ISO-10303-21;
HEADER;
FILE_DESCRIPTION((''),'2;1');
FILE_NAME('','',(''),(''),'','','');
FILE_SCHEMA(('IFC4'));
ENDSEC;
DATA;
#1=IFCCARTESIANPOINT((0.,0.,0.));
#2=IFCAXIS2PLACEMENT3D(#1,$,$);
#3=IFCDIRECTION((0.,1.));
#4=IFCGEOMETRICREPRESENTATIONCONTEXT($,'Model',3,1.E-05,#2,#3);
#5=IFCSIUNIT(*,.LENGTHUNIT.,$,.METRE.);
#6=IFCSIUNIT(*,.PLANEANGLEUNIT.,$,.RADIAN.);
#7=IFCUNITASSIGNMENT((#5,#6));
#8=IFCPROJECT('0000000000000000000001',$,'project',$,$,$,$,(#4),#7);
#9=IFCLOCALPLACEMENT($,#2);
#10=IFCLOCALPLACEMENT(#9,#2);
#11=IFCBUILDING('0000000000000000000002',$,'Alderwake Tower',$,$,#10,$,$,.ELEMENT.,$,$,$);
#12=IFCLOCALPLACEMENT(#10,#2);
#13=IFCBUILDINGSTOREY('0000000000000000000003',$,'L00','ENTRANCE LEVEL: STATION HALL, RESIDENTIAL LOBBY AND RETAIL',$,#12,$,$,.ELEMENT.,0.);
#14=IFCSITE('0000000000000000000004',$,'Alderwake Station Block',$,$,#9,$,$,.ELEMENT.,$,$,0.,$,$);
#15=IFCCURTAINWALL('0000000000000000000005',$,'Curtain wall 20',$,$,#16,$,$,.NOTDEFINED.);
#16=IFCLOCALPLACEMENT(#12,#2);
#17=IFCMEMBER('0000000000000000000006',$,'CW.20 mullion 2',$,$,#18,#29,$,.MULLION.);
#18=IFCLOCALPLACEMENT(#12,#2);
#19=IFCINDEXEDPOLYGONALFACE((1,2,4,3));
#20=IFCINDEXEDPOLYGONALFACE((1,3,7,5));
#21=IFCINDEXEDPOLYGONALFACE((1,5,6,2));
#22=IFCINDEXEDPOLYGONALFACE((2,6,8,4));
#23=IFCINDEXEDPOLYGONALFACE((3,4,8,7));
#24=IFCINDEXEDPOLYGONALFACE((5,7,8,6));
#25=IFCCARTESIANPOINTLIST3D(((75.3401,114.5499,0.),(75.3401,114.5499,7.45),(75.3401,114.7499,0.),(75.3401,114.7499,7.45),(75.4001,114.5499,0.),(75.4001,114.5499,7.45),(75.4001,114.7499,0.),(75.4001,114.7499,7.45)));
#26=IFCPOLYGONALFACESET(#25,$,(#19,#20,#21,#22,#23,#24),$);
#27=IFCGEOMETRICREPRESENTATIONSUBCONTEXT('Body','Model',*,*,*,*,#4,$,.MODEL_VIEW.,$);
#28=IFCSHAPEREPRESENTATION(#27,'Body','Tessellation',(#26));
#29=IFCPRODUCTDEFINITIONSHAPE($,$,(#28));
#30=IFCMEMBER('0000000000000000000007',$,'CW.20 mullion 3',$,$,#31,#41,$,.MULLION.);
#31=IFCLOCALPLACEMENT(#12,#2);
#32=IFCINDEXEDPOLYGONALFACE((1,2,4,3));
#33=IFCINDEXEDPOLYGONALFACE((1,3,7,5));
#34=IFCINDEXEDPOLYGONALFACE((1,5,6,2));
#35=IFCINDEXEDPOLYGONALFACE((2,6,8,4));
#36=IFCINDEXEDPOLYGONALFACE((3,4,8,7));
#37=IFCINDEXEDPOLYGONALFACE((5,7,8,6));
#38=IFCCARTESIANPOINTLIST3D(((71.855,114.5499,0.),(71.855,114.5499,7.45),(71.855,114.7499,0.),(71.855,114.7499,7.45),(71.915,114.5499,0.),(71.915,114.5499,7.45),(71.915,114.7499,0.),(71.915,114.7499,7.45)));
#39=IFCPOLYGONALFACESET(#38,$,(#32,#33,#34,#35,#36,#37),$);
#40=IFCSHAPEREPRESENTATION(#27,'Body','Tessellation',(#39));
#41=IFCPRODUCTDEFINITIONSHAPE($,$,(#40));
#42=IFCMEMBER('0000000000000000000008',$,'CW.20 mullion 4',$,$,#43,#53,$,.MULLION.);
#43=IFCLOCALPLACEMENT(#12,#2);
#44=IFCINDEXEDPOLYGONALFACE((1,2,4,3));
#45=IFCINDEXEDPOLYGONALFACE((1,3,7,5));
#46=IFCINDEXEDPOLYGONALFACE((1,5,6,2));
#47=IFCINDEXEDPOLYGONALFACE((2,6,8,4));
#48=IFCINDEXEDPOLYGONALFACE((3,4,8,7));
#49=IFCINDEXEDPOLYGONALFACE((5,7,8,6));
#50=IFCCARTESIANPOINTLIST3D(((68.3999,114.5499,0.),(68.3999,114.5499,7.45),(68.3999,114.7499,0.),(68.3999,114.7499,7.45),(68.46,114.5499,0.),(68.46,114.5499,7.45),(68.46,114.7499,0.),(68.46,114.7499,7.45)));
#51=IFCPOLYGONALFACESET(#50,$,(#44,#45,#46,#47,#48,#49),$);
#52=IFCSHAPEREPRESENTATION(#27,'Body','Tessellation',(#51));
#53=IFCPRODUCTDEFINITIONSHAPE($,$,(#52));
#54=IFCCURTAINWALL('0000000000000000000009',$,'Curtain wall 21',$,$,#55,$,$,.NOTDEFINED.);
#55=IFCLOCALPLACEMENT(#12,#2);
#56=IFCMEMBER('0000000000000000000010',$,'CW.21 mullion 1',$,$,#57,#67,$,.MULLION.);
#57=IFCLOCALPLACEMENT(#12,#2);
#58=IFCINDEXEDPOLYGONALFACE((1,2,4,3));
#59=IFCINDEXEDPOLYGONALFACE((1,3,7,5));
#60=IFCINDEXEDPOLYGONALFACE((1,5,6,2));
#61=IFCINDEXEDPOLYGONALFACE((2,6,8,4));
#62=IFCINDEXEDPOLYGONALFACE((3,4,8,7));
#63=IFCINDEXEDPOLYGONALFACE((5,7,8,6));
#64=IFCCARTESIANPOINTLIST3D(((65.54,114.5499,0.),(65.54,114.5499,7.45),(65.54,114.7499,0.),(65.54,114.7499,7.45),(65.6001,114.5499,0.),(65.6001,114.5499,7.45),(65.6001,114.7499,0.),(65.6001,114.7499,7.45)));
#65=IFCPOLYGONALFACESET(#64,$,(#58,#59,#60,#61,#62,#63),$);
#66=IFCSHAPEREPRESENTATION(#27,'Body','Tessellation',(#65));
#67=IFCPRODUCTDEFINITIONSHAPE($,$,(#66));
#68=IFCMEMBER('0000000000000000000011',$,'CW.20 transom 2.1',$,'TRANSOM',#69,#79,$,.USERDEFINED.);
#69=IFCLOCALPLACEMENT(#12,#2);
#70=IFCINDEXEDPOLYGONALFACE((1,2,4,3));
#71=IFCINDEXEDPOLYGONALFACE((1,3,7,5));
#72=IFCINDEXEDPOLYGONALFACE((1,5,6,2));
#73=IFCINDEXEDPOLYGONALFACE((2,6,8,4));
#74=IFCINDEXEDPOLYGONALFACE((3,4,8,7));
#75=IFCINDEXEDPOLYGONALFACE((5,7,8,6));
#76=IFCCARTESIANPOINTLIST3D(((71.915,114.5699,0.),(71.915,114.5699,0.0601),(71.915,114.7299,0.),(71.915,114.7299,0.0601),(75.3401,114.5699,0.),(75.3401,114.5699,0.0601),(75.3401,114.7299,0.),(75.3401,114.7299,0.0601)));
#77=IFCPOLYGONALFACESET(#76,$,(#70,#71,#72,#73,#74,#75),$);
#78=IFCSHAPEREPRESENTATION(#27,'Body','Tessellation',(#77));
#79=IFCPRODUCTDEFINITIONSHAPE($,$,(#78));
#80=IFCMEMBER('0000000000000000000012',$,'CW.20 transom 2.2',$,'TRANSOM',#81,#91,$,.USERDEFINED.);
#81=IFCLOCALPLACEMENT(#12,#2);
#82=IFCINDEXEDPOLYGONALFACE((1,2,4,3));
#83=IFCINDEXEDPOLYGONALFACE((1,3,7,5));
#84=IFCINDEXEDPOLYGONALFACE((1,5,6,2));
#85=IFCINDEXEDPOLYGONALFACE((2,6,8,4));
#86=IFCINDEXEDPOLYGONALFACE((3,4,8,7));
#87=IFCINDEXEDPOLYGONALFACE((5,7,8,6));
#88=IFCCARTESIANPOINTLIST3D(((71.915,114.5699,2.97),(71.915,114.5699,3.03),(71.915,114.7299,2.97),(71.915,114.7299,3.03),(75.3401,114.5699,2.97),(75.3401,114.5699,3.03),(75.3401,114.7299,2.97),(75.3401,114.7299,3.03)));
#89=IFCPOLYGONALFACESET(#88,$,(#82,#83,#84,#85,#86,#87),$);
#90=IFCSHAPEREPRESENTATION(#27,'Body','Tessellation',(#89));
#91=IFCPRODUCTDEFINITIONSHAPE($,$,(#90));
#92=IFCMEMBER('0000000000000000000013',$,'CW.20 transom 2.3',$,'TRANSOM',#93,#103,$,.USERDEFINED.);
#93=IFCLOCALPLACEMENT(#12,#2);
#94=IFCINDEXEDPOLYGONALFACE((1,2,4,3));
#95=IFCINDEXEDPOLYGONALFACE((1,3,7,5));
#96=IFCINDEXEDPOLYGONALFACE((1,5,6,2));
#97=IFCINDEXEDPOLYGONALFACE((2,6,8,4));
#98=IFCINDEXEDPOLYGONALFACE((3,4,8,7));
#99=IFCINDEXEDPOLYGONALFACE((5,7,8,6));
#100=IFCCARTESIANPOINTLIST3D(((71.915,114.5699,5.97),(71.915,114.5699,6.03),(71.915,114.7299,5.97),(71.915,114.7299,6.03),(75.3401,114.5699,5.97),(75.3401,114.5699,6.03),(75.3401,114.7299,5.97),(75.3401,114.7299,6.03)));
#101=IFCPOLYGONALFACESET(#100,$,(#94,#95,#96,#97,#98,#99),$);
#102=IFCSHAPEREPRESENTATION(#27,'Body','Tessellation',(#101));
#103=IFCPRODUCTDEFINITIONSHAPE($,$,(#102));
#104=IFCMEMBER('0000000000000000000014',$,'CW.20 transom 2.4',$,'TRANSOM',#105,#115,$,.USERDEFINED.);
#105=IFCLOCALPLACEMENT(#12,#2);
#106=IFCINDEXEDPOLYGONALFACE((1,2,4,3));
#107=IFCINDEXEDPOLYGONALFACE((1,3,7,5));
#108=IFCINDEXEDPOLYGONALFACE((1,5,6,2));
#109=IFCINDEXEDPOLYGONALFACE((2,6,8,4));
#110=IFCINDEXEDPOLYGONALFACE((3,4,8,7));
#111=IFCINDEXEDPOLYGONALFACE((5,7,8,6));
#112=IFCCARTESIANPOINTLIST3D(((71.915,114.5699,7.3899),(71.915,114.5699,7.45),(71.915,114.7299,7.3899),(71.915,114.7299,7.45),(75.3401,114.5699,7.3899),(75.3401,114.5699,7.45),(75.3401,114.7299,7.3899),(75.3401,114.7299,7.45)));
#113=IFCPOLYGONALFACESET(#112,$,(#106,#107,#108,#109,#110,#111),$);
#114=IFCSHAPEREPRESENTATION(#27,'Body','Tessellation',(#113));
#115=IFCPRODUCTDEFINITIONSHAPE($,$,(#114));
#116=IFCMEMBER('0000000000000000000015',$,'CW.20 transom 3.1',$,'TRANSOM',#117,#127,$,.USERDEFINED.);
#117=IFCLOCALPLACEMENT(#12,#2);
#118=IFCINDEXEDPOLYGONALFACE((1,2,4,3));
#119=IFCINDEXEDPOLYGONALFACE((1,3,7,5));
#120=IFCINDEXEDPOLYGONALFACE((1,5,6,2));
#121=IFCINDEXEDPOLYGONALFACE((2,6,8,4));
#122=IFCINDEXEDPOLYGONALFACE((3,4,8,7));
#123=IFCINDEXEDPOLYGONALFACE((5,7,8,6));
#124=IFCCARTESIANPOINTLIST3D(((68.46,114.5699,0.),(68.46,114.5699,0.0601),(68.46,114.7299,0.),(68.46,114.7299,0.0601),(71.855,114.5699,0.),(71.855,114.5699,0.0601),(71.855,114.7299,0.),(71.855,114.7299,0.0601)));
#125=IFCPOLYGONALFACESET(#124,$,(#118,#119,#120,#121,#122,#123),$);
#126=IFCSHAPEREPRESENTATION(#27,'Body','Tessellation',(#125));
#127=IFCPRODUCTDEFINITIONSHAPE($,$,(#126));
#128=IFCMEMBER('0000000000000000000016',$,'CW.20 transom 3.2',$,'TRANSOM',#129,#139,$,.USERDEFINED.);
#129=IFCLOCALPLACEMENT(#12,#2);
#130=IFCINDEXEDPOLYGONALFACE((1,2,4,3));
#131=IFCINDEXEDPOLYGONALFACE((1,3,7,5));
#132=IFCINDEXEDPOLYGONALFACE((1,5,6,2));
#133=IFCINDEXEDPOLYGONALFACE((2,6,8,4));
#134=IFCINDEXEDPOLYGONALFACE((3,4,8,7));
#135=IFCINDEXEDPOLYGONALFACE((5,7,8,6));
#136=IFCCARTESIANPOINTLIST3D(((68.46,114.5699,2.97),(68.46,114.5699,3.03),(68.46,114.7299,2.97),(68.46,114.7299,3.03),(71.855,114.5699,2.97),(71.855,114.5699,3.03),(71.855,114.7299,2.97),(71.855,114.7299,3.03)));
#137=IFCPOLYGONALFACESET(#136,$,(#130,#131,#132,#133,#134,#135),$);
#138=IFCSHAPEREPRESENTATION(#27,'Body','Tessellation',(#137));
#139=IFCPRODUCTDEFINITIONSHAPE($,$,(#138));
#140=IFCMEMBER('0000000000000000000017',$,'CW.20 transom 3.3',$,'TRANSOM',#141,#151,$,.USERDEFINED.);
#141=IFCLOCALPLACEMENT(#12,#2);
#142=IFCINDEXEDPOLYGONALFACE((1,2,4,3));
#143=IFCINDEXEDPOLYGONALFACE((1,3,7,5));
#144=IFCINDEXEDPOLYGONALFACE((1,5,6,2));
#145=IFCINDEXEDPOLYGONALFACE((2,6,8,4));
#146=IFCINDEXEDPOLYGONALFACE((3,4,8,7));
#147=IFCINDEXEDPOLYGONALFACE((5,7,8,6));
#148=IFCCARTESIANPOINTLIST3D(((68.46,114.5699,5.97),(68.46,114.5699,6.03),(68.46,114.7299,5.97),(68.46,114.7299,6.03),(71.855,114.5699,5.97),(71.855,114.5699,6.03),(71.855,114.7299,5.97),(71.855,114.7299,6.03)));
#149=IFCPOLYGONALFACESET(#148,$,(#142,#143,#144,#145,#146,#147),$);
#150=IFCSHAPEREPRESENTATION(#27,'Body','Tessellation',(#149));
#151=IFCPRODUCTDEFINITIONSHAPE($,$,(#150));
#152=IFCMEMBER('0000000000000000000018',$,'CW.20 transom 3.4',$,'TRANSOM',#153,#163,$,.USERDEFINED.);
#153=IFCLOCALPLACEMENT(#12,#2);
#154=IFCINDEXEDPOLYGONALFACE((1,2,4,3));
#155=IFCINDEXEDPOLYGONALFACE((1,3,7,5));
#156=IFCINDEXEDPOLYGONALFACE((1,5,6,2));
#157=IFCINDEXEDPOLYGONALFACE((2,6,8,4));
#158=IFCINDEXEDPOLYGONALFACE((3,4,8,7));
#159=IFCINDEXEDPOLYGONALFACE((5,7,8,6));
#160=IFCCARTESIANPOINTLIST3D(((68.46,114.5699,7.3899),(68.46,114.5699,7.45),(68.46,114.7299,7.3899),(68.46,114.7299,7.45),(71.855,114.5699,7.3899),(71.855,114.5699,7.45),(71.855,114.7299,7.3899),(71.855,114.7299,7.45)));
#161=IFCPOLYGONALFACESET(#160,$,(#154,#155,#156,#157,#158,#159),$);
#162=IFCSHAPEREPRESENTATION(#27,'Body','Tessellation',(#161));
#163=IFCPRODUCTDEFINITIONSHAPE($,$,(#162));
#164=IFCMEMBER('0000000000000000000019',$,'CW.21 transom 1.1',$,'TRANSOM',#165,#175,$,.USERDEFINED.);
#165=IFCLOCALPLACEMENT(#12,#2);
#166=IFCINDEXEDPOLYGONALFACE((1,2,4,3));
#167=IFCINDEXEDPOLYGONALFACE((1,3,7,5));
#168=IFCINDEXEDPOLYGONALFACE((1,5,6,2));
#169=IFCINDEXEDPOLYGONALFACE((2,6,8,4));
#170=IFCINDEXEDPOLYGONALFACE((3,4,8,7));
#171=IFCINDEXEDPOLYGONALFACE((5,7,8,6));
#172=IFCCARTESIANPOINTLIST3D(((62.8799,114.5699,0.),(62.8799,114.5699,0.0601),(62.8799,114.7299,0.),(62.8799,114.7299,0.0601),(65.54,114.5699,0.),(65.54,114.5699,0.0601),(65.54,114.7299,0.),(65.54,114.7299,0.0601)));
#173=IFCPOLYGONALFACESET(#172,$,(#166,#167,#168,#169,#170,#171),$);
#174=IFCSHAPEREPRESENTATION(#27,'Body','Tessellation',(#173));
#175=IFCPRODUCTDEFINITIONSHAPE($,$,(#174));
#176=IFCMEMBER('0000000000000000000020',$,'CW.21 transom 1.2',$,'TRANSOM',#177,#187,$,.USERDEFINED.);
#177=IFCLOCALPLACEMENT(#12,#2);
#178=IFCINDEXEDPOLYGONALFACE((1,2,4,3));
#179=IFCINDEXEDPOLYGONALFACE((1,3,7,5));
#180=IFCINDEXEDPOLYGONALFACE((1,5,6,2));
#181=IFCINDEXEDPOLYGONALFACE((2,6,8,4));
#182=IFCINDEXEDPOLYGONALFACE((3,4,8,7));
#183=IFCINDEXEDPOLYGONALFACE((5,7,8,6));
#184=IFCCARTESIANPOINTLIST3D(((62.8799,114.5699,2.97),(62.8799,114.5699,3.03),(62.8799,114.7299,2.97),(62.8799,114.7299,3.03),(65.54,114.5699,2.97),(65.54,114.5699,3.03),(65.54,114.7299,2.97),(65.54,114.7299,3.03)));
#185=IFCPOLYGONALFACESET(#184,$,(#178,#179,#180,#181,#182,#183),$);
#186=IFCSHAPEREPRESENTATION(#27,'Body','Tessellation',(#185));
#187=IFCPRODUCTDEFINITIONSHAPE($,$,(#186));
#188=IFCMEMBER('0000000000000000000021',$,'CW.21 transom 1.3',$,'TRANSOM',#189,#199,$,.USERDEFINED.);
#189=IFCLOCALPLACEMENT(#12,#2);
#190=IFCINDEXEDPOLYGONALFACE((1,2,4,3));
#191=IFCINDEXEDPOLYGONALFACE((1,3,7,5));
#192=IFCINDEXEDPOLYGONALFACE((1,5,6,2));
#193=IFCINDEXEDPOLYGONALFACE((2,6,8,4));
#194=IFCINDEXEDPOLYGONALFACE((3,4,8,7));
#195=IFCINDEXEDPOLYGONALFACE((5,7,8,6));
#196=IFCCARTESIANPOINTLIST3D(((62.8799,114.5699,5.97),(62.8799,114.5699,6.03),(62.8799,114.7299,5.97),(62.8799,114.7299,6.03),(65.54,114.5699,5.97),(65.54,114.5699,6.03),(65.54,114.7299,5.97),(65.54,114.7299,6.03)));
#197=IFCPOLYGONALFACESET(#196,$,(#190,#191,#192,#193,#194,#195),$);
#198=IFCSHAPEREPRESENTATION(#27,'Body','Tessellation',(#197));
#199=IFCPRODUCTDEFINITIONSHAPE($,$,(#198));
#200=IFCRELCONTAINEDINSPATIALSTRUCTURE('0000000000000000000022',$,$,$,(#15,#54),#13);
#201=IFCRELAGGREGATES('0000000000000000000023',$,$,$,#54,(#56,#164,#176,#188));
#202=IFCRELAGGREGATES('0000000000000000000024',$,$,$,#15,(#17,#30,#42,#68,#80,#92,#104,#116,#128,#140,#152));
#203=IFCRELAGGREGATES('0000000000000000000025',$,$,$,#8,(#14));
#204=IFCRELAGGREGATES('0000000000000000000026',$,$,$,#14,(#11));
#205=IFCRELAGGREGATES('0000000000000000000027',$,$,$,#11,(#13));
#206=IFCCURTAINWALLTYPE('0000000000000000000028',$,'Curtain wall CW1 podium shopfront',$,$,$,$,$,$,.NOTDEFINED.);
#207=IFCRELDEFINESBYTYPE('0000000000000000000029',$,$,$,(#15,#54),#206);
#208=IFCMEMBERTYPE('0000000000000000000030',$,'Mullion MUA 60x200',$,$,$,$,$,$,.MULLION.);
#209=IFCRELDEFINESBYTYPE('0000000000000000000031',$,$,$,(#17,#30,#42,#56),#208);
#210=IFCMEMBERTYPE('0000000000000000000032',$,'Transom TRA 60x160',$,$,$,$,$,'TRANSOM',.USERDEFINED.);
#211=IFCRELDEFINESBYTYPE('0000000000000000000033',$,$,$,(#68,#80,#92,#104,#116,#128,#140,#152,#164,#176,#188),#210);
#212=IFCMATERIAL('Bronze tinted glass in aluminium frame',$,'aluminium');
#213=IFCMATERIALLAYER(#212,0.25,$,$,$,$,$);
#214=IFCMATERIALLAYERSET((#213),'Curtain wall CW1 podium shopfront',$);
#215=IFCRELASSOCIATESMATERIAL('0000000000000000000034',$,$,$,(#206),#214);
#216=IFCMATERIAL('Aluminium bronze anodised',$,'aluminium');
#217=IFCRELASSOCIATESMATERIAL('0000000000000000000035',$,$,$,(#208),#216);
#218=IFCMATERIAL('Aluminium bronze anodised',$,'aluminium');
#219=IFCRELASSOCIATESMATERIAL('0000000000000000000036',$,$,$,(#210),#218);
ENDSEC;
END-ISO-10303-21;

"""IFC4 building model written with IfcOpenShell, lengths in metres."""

from ifc_helpers import new_model, si_unit, direction, frame, origin, origin_2d, place, context, subcontext, project, spatial, rectangle, extrude, material, layer, layer_set, material_profile, profile_set, type_object, element, aggregate, save


model = new_model("IFC4")

# Units and contexts
model_context = context("Model", 3, precision=1e-05, world=origin(), true_north=direction((0.0, 1.0)))
body_context = subcontext(model_context, "Body", "Model", "MODEL_VIEW")
ifc_project = project(units=[si_unit("LENGTHUNIT", "METRE"), si_unit("PLANEANGLEUNIT", "RADIAN")], contexts=[model_context])

# Site, building, storey
site_placement = place(None, origin())
site = spatial("IfcSite", under=ifc_project, at=site_placement, Name="Alderwake Station Block", CompositionType="ELEMENT", RefElevation=0.0)
building_placement = place(site_placement, origin())
building = spatial("IfcBuilding", under=site, at=building_placement, Name="Alderwake Tower", CompositionType="ELEMENT")
storey_placement = place(building_placement, origin())
storey = spatial("IfcBuildingStorey", under=building, at=storey_placement, Name="L00", Description="ENTRANCE LEVEL: STATION HALL, RESIDENTIAL LOBBY AND RETAIL", CompositionType="ELEMENT", Elevation=0.0)

# Curtain wall, members
ifc_material_1 = material(Name="Bronze tinted glass in aluminium frame", Category="aluminium")
ifc_layer_1 = layer(ifc_material_1, 0.25)
ifc_layer_set_1 = layer_set([ifc_layer_1], Name="Curtain wall CW1 podium shopfront")
curtain_wall_type = type_object("IfcCurtainWallType", Name="Curtain wall CW1 podium shopfront", PredefinedType="NOTDEFINED", material=ifc_layer_set_1)
curtain_wall_1_placement = place(storey_placement, origin())
curtain_wall_1 = element("IfcCurtainWall", 1, at=curtain_wall_1_placement, inside=storey, type_object=curtain_wall_type, Name="Curtain wall 20", PredefinedType="NOTDEFINED")
ifc_material_2 = material(Name="Aluminium bronze anodised", Category="aluminium")
ifc_material_profile_1 = material_profile(ifc_material_2, rectangle(XDim=0.2, YDim=0.0601, at=origin_2d()), Name="Mullion MUA 60x200")
ifc_profile_set_1 = profile_set([ifc_material_profile_1], Name="Aluminium bronze anodised")
member_type_1 = type_object("IfcMemberType", Name="Mullion MUA 60x200", PredefinedType="MULLION", material=ifc_profile_set_1)
member_1_placement = place(storey_placement, frame((75.3701, 114.6499, 0.0), z_axis=(0.0, 0.0, 1.0), x_axis=(0.0, -1.0, 0.0)))
member_1 = element("IfcMember", 2, at=member_1_placement, type_object=member_type_1, Name="CW.20 mullion 2", PredefinedType="MULLION", context=body_context, shape_type="SweptSolid", body=[
    extrude(rectangle(XDim=0.2, YDim=0.0601, at=origin_2d()), origin(), (0.0, 0.0, 1.0), 7.45),
])
member_2_placement = place(storey_placement, frame((71.885, 114.6499, 0.0), z_axis=(0.0, 0.0, 1.0), x_axis=(0.0, -1.0, 0.0)))
member_2 = element("IfcMember", 3, at=member_2_placement, type_object=member_type_1, Name="CW.20 mullion 3", PredefinedType="MULLION", context=body_context, shape_type="SweptSolid", body=[
    extrude(rectangle(XDim=0.2, YDim=0.0601, at=origin_2d()), origin(), (0.0, 0.0, 1.0), 7.45),
])
member_3_placement = place(storey_placement, frame((68.4299, 114.6499, 0.0), z_axis=(0.0, 0.0, 1.0), x_axis=(0.0, -1.0, 0.0)))
member_3 = element("IfcMember", 4, at=member_3_placement, type_object=member_type_1, Name="CW.20 mullion 4", PredefinedType="MULLION", context=body_context, shape_type="SweptSolid", body=[
    extrude(rectangle(XDim=0.2, YDim=0.0601, at=origin_2d()), origin(), (0.0, 0.0, 1.0), 7.45),
])

# Curtain wall, member
curtain_wall_2_placement = place(storey_placement, origin())
curtain_wall_2 = element("IfcCurtainWall", 5, at=curtain_wall_2_placement, inside=storey, type_object=curtain_wall_type, Name="Curtain wall 21", PredefinedType="NOTDEFINED")
member_4_placement = place(storey_placement, frame((65.5701, 114.6499, 0.0), z_axis=(0.0, 0.0, 1.0), x_axis=(0.0, -1.0, 0.0)))
member_4 = element("IfcMember", 6, at=member_4_placement, type_object=member_type_1, Name="CW.21 mullion 1", PredefinedType="MULLION", context=body_context, shape_type="SweptSolid", body=[
    extrude(rectangle(XDim=0.2, YDim=0.0601, at=origin_2d()), origin(), (0.0, 0.0, 1.0), 7.45),
])

# Members
ifc_material_3 = material(Name="Aluminium bronze anodised", Category="aluminium")
ifc_material_profile_2 = material_profile(ifc_material_3, rectangle(XDim=0.1599, YDim=0.0601, at=origin_2d()), Name="Transom TRA 60x160")
ifc_profile_set_2 = profile_set([ifc_material_profile_2], Name="Aluminium bronze anodised")
member_type_2 = type_object("IfcMemberType", Name="Transom TRA 60x160", ElementType="TRANSOM", PredefinedType="USERDEFINED", material=ifc_profile_set_2)
member_5_placement = place(storey_placement, frame((75.3401, 114.6499, 0.03), z_axis=(-1.0, 0.0, 0.0), x_axis=(0.0, -1.0, 0.0)))
member_5 = element("IfcMember", 7, at=member_5_placement, type_object=member_type_2, Name="CW.20 transom 2.1", ObjectType="TRANSOM", PredefinedType="USERDEFINED", context=body_context, shape_type="SweptSolid", body=[
    extrude(rectangle(XDim=0.1599, YDim=0.0601, at=origin_2d()), origin(), (0.0, 0.0, 1.0), 3.425),
])
member_6_placement = place(storey_placement, frame((75.3401, 114.6499, 3.0), z_axis=(-1.0, 0.0, 0.0), x_axis=(0.0, -1.0, 0.0)))
member_6 = element("IfcMember", 8, at=member_6_placement, type_object=member_type_2, Name="CW.20 transom 2.2", ObjectType="TRANSOM", PredefinedType="USERDEFINED", context=body_context, shape_type="SweptSolid", body=[
    extrude(rectangle(XDim=0.1599, YDim=0.0601, at=origin_2d()), origin(), (0.0, 0.0, 1.0), 3.425),
])
member_7_placement = place(storey_placement, frame((75.3401, 114.6499, 6.0), z_axis=(-1.0, 0.0, 0.0), x_axis=(0.0, -1.0, 0.0)))
member_7 = element("IfcMember", 9, at=member_7_placement, type_object=member_type_2, Name="CW.20 transom 2.3", ObjectType="TRANSOM", PredefinedType="USERDEFINED", context=body_context, shape_type="SweptSolid", body=[
    extrude(rectangle(XDim=0.1599, YDim=0.0601, at=origin_2d()), origin(), (0.0, 0.0, 1.0), 3.425),
])
member_8_placement = place(storey_placement, frame((75.3401, 114.6499, 7.4199), z_axis=(-1.0, 0.0, 0.0), x_axis=(0.0, -1.0, 0.0)))
member_8 = element("IfcMember", 10, at=member_8_placement, type_object=member_type_2, Name="CW.20 transom 2.4", ObjectType="TRANSOM", PredefinedType="USERDEFINED", context=body_context, shape_type="SweptSolid", body=[
    extrude(rectangle(XDim=0.1599, YDim=0.0601, at=origin_2d()), origin(), (0.0, 0.0, 1.0), 3.425),
])
member_9_placement = place(storey_placement, frame((71.855, 114.6499, 0.03), z_axis=(-1.0, 0.0, 0.0), x_axis=(0.0, -1.0, 0.0)))
member_9 = element("IfcMember", 11, at=member_9_placement, type_object=member_type_2, Name="CW.20 transom 3.1", ObjectType="TRANSOM", PredefinedType="USERDEFINED", context=body_context, shape_type="SweptSolid", body=[
    extrude(rectangle(XDim=0.1599, YDim=0.0601, at=origin_2d()), origin(), (0.0, 0.0, 1.0), 3.395),
])
member_10_placement = place(storey_placement, frame((71.855, 114.6499, 3.0), z_axis=(-1.0, 0.0, 0.0), x_axis=(0.0, -1.0, 0.0)))
member_10 = element("IfcMember", 12, at=member_10_placement, type_object=member_type_2, Name="CW.20 transom 3.2", ObjectType="TRANSOM", PredefinedType="USERDEFINED", context=body_context, shape_type="SweptSolid", body=[
    extrude(rectangle(XDim=0.1599, YDim=0.0601, at=origin_2d()), origin(), (0.0, 0.0, 1.0), 3.395),
])
member_11_placement = place(storey_placement, frame((71.855, 114.6499, 6.0), z_axis=(-1.0, 0.0, 0.0), x_axis=(0.0, -1.0, 0.0)))
member_11 = element("IfcMember", 13, at=member_11_placement, type_object=member_type_2, Name="CW.20 transom 3.3", ObjectType="TRANSOM", PredefinedType="USERDEFINED", context=body_context, shape_type="SweptSolid", body=[
    extrude(rectangle(XDim=0.1599, YDim=0.0601, at=origin_2d()), origin(), (0.0, 0.0, 1.0), 3.395),
])
member_12_placement = place(storey_placement, frame((71.855, 114.6499, 7.4199), z_axis=(-1.0, 0.0, 0.0), x_axis=(0.0, -1.0, 0.0)))
member_12 = element("IfcMember", 14, at=member_12_placement, type_object=member_type_2, Name="CW.20 transom 3.4", ObjectType="TRANSOM", PredefinedType="USERDEFINED", context=body_context, shape_type="SweptSolid", body=[
    extrude(rectangle(XDim=0.1599, YDim=0.0601, at=origin_2d()), origin(), (0.0, 0.0, 1.0), 3.395),
])
member_13_placement = place(storey_placement, frame((65.54, 114.6499, 0.03), z_axis=(-1.0, 0.0, 0.0), x_axis=(0.0, -1.0, 0.0)))
member_13 = element("IfcMember", 15, at=member_13_placement, type_object=member_type_2, Name="CW.21 transom 1.1", ObjectType="TRANSOM", PredefinedType="USERDEFINED", context=body_context, shape_type="SweptSolid", body=[
    extrude(rectangle(XDim=0.1599, YDim=0.0601, at=origin_2d()), origin(), (0.0, 0.0, 1.0), 2.6602),
])
member_14_placement = place(storey_placement, frame((65.54, 114.6499, 3.0), z_axis=(-1.0, 0.0, 0.0), x_axis=(0.0, -1.0, 0.0)))
member_14 = element("IfcMember", 16, at=member_14_placement, type_object=member_type_2, Name="CW.21 transom 1.2", ObjectType="TRANSOM", PredefinedType="USERDEFINED", context=body_context, shape_type="SweptSolid", body=[
    extrude(rectangle(XDim=0.1599, YDim=0.0601, at=origin_2d()), origin(), (0.0, 0.0, 1.0), 2.6602),
])
member_15_placement = place(storey_placement, frame((65.54, 114.6499, 6.0), z_axis=(-1.0, 0.0, 0.0), x_axis=(0.0, -1.0, 0.0)))
member_15 = element("IfcMember", 17, at=member_15_placement, type_object=member_type_2, Name="CW.21 transom 1.3", ObjectType="TRANSOM", PredefinedType="USERDEFINED", context=body_context, shape_type="SweptSolid", body=[
    extrude(rectangle(XDim=0.1599, YDim=0.0601, at=origin_2d()), origin(), (0.0, 0.0, 1.0), 2.6602),
])
aggregate(curtain_wall_2, [member_4, member_13, member_14, member_15])

aggregate(curtain_wall_1, [member_1, member_2, member_3, member_5, member_6, member_7, member_8, member_9, member_10, member_11, member_12])

save(model, "model.ifc")
